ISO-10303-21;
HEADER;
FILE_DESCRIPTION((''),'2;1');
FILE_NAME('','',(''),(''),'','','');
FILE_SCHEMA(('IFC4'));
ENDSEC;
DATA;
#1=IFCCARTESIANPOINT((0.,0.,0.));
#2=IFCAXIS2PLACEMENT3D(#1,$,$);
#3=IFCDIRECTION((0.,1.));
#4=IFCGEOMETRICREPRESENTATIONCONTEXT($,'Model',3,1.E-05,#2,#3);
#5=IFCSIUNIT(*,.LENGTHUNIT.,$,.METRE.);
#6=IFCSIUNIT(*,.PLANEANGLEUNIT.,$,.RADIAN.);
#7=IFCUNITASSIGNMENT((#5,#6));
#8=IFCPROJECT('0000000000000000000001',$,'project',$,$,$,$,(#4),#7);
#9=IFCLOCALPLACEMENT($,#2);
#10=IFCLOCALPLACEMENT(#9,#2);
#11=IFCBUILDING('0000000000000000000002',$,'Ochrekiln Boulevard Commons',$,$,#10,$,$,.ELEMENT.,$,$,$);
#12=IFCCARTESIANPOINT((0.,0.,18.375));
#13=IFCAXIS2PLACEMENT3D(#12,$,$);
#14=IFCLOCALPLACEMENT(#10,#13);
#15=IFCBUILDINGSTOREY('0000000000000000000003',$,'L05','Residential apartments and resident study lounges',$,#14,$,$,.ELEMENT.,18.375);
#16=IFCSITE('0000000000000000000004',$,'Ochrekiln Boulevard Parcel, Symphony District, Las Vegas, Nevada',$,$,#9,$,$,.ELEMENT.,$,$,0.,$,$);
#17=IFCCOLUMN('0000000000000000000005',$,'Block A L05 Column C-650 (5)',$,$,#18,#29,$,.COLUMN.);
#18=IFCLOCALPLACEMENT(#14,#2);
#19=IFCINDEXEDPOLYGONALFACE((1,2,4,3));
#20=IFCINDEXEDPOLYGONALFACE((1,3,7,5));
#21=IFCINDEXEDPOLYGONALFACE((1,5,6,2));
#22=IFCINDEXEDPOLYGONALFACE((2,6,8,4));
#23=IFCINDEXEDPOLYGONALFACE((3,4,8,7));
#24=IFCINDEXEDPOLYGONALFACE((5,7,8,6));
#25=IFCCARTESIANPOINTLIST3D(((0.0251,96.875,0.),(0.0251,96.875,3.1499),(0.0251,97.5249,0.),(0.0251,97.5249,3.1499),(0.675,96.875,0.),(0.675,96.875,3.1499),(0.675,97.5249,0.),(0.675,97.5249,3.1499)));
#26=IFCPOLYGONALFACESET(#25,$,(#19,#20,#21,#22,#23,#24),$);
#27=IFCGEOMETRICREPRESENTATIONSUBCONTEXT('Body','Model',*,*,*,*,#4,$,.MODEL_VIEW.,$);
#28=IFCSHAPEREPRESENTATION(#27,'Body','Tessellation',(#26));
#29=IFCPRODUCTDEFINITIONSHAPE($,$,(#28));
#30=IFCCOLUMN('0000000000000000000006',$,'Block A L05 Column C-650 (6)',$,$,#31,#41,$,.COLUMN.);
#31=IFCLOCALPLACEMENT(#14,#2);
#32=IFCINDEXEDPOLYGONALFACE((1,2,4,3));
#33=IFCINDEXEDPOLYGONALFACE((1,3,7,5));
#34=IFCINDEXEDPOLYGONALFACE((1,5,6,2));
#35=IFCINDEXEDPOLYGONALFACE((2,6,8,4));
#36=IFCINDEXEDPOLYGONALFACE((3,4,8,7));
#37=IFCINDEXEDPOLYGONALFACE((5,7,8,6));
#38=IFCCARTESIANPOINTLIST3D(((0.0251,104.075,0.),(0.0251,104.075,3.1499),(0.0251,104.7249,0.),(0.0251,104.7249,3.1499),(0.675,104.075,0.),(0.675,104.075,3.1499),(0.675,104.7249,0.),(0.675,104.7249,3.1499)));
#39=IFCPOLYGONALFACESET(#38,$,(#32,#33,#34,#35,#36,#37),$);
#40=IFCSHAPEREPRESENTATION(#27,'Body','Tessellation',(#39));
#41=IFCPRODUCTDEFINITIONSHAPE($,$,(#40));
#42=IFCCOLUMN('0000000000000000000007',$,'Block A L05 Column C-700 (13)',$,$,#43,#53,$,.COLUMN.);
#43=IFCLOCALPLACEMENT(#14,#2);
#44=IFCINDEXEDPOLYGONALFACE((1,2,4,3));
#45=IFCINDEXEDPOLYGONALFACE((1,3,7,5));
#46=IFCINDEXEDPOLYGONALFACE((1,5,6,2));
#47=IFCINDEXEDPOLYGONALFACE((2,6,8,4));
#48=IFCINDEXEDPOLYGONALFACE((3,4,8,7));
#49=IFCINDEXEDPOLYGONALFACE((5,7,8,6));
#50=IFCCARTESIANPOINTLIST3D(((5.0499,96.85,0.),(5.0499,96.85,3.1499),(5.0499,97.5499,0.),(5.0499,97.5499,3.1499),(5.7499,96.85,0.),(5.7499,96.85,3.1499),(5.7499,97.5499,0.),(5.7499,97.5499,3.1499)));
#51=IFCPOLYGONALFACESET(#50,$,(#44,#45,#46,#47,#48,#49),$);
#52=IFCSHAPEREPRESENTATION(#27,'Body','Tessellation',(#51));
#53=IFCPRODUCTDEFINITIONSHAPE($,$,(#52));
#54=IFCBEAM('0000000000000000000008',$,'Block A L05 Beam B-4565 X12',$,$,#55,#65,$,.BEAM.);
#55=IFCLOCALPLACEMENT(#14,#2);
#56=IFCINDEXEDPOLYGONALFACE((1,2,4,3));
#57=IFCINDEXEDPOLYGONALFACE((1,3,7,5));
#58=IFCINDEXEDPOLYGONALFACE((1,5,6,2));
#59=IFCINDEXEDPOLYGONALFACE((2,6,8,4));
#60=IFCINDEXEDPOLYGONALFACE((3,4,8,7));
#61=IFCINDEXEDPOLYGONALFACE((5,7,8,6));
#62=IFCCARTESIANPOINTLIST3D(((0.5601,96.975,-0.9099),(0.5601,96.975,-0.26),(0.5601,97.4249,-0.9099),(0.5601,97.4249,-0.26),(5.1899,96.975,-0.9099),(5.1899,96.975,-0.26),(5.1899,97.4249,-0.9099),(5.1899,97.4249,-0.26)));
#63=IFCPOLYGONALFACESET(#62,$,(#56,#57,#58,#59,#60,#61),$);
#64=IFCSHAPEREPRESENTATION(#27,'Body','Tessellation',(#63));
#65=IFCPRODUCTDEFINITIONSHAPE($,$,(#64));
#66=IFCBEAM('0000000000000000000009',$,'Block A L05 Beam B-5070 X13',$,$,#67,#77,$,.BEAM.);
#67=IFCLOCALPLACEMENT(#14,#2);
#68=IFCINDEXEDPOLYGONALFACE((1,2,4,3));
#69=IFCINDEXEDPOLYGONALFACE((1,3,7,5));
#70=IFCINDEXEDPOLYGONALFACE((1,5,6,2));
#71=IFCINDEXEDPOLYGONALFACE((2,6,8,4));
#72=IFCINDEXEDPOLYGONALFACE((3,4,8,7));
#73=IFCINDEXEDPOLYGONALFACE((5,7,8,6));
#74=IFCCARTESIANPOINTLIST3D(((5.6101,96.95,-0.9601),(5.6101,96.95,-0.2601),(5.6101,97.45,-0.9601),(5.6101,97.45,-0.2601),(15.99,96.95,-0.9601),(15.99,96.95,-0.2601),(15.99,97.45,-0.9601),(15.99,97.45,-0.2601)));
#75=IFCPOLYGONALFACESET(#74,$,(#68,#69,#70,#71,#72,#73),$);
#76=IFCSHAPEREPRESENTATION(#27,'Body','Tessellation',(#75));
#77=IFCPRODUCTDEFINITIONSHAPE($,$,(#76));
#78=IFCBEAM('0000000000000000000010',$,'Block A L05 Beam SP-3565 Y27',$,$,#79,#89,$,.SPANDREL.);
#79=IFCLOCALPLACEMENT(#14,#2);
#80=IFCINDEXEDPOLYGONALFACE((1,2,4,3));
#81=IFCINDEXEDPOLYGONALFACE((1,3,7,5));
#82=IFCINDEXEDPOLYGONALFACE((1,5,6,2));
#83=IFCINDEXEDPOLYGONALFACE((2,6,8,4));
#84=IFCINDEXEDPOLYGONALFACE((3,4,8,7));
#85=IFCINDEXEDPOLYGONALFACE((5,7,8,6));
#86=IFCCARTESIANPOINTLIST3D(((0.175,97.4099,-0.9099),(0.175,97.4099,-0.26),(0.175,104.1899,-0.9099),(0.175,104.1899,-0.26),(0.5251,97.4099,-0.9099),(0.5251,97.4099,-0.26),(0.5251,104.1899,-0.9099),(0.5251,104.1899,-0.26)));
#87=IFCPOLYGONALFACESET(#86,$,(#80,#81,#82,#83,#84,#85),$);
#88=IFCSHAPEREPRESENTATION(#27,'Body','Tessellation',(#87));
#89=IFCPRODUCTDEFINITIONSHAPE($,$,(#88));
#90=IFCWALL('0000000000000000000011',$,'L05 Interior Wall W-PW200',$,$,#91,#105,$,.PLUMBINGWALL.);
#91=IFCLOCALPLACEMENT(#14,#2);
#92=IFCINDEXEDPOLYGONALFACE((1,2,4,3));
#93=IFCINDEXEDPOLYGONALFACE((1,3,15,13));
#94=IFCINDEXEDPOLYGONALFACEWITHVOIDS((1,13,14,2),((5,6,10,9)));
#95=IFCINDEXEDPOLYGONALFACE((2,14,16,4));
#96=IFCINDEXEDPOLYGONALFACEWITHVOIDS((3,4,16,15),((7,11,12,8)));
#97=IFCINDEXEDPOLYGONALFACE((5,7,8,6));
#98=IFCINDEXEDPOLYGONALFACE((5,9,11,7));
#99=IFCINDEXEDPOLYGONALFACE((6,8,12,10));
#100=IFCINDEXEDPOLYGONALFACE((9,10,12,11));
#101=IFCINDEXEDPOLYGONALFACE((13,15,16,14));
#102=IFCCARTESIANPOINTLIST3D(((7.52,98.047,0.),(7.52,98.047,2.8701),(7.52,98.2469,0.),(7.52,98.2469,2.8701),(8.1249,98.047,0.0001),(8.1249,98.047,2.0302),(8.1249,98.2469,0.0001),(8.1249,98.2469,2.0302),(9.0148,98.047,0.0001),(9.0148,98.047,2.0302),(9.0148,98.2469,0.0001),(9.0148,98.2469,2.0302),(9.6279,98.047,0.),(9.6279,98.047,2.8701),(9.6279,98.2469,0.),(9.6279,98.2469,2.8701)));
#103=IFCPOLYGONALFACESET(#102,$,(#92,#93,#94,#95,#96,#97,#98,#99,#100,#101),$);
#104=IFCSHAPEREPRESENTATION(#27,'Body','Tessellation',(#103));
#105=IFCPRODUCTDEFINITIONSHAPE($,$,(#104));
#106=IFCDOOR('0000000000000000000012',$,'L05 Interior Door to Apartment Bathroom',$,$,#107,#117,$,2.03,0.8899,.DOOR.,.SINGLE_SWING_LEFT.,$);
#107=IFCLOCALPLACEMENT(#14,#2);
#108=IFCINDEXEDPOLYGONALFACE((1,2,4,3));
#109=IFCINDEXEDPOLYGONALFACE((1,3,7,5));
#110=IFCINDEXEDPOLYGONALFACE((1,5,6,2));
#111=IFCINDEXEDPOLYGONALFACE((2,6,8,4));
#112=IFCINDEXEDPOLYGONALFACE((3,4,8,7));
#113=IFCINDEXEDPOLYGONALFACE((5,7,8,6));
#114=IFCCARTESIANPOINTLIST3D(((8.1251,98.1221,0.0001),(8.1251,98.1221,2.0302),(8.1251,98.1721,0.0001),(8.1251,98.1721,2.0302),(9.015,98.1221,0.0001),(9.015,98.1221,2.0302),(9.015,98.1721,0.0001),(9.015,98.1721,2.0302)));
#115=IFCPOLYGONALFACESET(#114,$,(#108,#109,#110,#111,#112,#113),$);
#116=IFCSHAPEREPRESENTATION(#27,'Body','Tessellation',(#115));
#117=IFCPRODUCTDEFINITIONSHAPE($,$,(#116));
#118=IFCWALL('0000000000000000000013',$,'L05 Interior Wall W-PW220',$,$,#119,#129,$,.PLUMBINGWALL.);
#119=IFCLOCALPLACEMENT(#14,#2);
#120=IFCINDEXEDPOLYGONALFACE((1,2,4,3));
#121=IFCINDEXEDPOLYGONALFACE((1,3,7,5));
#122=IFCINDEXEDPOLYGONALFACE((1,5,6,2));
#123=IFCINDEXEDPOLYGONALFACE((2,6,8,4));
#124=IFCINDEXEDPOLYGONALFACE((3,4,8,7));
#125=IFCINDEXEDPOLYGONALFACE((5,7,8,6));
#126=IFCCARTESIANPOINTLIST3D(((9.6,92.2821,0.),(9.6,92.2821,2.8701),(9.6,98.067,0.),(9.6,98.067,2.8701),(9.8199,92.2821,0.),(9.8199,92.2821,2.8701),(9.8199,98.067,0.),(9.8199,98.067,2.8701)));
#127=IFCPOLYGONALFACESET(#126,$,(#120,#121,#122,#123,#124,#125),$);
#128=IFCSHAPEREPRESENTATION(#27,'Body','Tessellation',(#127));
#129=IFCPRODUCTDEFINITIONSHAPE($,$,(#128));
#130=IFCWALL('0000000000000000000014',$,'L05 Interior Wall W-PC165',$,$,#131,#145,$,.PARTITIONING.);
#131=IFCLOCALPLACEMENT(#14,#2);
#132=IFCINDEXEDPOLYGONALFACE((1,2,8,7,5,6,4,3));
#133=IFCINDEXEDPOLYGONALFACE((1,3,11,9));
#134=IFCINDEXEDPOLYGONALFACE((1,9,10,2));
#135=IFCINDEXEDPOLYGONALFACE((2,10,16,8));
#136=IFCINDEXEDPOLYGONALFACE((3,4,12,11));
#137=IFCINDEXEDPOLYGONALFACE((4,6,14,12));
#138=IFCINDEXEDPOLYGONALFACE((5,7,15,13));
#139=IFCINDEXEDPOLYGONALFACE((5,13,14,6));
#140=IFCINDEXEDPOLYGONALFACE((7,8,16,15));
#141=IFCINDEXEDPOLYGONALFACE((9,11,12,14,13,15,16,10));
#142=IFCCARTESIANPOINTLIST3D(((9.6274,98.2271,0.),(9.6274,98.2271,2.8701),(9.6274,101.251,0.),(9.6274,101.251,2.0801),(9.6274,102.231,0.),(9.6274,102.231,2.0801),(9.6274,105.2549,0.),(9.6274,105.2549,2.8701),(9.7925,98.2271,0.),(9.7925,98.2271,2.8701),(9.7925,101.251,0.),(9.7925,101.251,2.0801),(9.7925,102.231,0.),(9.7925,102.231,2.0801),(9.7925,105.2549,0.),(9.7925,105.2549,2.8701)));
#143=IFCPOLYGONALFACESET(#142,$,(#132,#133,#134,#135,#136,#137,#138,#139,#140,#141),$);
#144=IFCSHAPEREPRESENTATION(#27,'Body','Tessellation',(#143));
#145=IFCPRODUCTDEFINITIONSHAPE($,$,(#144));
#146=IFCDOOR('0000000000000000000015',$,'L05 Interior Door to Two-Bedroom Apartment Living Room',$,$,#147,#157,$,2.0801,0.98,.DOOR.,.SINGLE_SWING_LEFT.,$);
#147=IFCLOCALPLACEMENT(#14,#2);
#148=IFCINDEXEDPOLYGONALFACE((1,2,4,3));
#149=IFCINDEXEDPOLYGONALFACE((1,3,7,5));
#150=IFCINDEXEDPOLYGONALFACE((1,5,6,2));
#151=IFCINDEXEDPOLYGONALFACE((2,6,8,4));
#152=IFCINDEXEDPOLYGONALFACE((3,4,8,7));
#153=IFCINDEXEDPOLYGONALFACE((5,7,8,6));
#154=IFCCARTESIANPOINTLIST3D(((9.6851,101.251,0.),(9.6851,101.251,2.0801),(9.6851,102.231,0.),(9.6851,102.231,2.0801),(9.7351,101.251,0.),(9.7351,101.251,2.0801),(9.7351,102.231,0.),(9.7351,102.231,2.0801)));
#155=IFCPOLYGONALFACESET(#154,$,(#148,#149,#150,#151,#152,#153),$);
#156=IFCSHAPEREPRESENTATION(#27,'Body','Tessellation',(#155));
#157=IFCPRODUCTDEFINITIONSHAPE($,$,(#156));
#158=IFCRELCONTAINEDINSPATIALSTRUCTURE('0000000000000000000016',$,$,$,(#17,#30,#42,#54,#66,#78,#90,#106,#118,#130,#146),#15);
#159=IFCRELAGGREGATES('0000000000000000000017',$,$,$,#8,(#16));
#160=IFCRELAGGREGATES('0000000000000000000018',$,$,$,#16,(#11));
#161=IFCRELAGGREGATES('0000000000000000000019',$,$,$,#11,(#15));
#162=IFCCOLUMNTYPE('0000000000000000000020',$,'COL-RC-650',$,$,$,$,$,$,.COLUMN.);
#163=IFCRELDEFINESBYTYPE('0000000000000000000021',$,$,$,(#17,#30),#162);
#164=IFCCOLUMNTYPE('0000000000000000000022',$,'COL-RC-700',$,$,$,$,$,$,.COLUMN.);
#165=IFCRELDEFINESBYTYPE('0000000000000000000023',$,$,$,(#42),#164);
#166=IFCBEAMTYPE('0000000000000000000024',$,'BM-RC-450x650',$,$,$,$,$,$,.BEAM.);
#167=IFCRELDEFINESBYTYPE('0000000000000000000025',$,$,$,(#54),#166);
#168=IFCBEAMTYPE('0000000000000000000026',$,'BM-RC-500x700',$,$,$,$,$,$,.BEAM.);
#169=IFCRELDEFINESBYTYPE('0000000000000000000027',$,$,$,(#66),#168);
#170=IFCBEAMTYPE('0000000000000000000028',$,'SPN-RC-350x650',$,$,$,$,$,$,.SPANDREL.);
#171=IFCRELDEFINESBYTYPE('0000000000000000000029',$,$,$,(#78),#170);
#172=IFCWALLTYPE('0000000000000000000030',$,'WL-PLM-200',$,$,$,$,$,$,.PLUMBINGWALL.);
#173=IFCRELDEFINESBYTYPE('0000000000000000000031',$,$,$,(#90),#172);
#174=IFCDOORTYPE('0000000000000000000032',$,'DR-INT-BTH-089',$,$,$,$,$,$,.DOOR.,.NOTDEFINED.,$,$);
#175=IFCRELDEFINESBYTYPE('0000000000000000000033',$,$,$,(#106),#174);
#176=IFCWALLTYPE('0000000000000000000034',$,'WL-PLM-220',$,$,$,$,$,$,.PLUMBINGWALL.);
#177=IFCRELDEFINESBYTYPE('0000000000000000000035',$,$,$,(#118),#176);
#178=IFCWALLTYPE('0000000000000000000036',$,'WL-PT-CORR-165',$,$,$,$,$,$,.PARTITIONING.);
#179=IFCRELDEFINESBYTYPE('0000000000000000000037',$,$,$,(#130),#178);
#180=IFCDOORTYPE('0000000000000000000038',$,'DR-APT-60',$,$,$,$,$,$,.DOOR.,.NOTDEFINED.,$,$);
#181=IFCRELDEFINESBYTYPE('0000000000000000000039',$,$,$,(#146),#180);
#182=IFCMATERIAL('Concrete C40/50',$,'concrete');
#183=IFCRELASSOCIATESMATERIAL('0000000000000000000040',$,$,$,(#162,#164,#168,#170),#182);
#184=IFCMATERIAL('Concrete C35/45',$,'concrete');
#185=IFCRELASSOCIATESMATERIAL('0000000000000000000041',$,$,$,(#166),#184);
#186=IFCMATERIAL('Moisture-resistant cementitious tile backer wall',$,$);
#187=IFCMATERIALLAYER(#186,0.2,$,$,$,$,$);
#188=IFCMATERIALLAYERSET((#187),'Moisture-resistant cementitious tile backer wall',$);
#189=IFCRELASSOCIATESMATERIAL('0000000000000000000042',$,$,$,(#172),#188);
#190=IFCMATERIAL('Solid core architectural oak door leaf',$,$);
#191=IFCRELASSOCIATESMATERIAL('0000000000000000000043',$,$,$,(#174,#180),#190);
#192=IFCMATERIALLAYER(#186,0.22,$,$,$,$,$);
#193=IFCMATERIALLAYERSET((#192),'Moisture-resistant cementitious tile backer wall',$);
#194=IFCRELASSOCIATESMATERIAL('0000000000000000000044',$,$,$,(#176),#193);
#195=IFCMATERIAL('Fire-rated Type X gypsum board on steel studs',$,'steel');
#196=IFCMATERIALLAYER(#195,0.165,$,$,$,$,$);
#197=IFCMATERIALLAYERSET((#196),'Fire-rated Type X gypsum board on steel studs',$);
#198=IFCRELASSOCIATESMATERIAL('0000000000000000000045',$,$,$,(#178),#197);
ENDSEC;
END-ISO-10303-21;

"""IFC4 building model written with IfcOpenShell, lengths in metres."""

from ifc_helpers import new_model, si_unit, direction, frame, frame_2d, origin, origin_2d, place, context, subcontext, project, spatial, rectangle, extrude, material, layer, layer_set, material_profile, profile_set, type_object, element, fill, save


model = new_model("IFC4")

# Units and contexts
model_context = context("Model", 3, precision=1e-05, world=origin(), true_north=direction((0.0, 1.0)))
body_context = subcontext(model_context, "Body", "Model", "MODEL_VIEW")
ifc_project = project(units=[si_unit("LENGTHUNIT", "METRE"), si_unit("PLANEANGLEUNIT", "RADIAN")], contexts=[model_context])

# Site, building, storey
site_placement = place(None, origin())
site = spatial("IfcSite", under=ifc_project, at=site_placement, Name="Ochrekiln Boulevard Parcel, Symphony District, Las Vegas, Nevada", CompositionType="ELEMENT", RefElevation=0.0)
building_placement = place(site_placement, origin())
building = spatial("IfcBuilding", under=site, at=building_placement, Name="Ochrekiln Boulevard Commons", CompositionType="ELEMENT")
storey_placement = place(building_placement, frame((0.0, 0.0, 18.375)))
storey = spatial("IfcBuildingStorey", under=building, at=storey_placement, Name="L05", Description="Residential apartments and resident study lounges", CompositionType="ELEMENT", Elevation=18.375)

# Columns
ifc_material_1 = material(Name="Concrete C40/50", Category="concrete")
ifc_material_profile_1 = material_profile(ifc_material_1, rectangle(XDim=0.6499, YDim=0.6499, at=origin_2d()), Name="RC-COL-650x650")
ifc_profile_set_1 = profile_set([ifc_material_profile_1], Name="Concrete C40/50")
column_type_1 = type_object("IfcColumnType", Name="COL-RC-650", PredefinedType="COLUMN", material=ifc_profile_set_1)
for number, where, z_axis, x_axis, name in (
    (1, (0.3501, 97.2, 0.0), (0.0, 0.0, 1.0), (1.0, 0.0, 0.0), "Block A L05 Column C-650 (5)"),
    (2, (0.3501, 104.3999, 0.0), (0.0, 0.0, 1.0), (1.0, 0.0, 0.0), "Block A L05 Column C-650 (6)"),
):
    element("IfcColumn", number, at=place(storey_placement, frame(where, z_axis=z_axis, x_axis=x_axis)), inside=storey, type_object=column_type_1, Name=name, PredefinedType="COLUMN", context=body_context, shape_type="SweptSolid", body=[
        extrude(rectangle(XDim=0.6499, YDim=0.6499, at=origin_2d()), origin(), (0.0, 0.0, 1.0), 3.1499),
    ])
ifc_material_profile_2 = material_profile(ifc_material_1, rectangle(XDim=0.7, YDim=0.7, at=origin_2d()), Name="RC-COL-700x700")
ifc_profile_set_2 = profile_set([ifc_material_profile_2], Name="Concrete C40/50")
column_type_2 = type_object("IfcColumnType", Name="COL-RC-700", PredefinedType="COLUMN", material=ifc_profile_set_2)
column_placement = place(storey_placement, frame((5.3999, 97.2, 0.0), z_axis=(0.0, 0.0, 1.0), x_axis=(1.0, 0.0, 0.0)))
element("IfcColumn", 3, at=column_placement, inside=storey, type_object=column_type_2, Name="Block A L05 Column C-700 (13)", PredefinedType="COLUMN", context=body_context, shape_type="SweptSolid", body=[
    extrude(rectangle(XDim=0.7, YDim=0.7, at=origin_2d()), origin(), (0.0, 0.0, 1.0), 3.1499),
])

# Beams
ifc_material_2 = material(Name="Concrete C35/45", Category="concrete")
ifc_material_profile_3 = material_profile(ifc_material_2, rectangle(XDim=0.45, YDim=0.6499, at=origin_2d()), Name="RC-BM-450x650")
ifc_profile_set_3 = profile_set([ifc_material_profile_3], Name="Concrete C35/45")
beam_type_1 = type_object("IfcBeamType", Name="BM-RC-450x650", PredefinedType="BEAM", material=ifc_profile_set_3)
beam_1_placement = place(storey_placement, frame((0.5601, 97.2, -0.585), z_axis=(1.0, 0.0, 0.0), x_axis=(0.0, 1.0, 0.0)))
element("IfcBeam", 4, at=beam_1_placement, inside=storey, type_object=beam_type_1, Name="Block A L05 Beam B-4565 X12", PredefinedType="BEAM", context=body_context, shape_type="SweptSolid", body=[
    extrude(rectangle(XDim=0.45, YDim=0.6499, at=origin_2d()), origin(), (0.0, 0.0, 1.0), 4.6299),
])
ifc_material_profile_4 = material_profile(ifc_material_1, rectangle(XDim=0.5, YDim=0.7, at=origin_2d()), Name="RC-BM-500x700")
ifc_profile_set_4 = profile_set([ifc_material_profile_4], Name="Concrete C40/50")
beam_type_2 = type_object("IfcBeamType", Name="BM-RC-500x700", PredefinedType="BEAM", material=ifc_profile_set_4)
beam_2_placement = place(storey_placement, frame((5.6101, 97.2, -0.6101), z_axis=(1.0, 0.0, 0.0), x_axis=(0.0, 1.0, 0.0)))
element("IfcBeam", 5, at=beam_2_placement, inside=storey, type_object=beam_type_2, Name="Block A L05 Beam B-5070 X13", PredefinedType="BEAM", context=body_context, shape_type="SweptSolid", body=[
    extrude(rectangle(XDim=0.5, YDim=0.7, at=origin_2d()), origin(), (0.0, 0.0, 1.0), 10.3799),
])
ifc_material_profile_5 = material_profile(ifc_material_1, rectangle(XDim=0.3501, YDim=0.6499, at=origin_2d()), Name="RC-SPN-350x650")
ifc_profile_set_5 = profile_set([ifc_material_profile_5], Name="Concrete C40/50")
beam_type_3 = type_object("IfcBeamType", Name="SPN-RC-350x650", PredefinedType="SPANDREL", material=ifc_profile_set_5)
beam_3_placement = place(storey_placement, frame((0.3501, 97.4099, -0.585), z_axis=(0.0, 1.0, 0.0), x_axis=(-1.0, 0.0, 0.0)))
element("IfcBeam", 6, at=beam_3_placement, inside=storey, type_object=beam_type_3, Name="Block A L05 Beam SP-3565 Y27", PredefinedType="SPANDREL", context=body_context, shape_type="SweptSolid", body=[
    extrude(rectangle(XDim=0.3501, YDim=0.6499, at=origin_2d()), origin(), (0.0, 0.0, 1.0), 6.78),
])

# Wall, opening, door
ifc_material_3 = material(Name="Moisture-resistant cementitious tile backer wall")
ifc_layer_1 = layer(ifc_material_3, 0.2)
ifc_layer_set_1 = layer_set([ifc_layer_1], Name="Moisture-resistant cementitious tile backer wall")
wall_type_1 = type_object("IfcWallType", Name="WL-PLM-200", PredefinedType="PLUMBINGWALL", material=ifc_layer_set_1)
wall_1_placement = place(storey_placement, frame((7.52, 98.147, 0.0), z_axis=(0.0, 0.0, 1.0), x_axis=(1.0, 0.0, 0.0)))
wall_1 = element("IfcWall", 7, at=wall_1_placement, inside=storey, type_object=wall_type_1, Name="L05 Interior Wall W-PW200", PredefinedType="PLUMBINGWALL", context=body_context, shape_type="SweptSolid", body=[
    extrude(rectangle(XDim=2.1079, YDim=0.2, at=frame_2d((1.054, 0.0))), origin(), (0.0, 0.0, 1.0), 2.8701),
])
opening_1_placement = place(wall_1_placement, frame((0.605, 0.0, 0.0)))
opening_1 = element("IfcOpeningElement", 8, at=opening_1_placement, cuts=wall_1, PredefinedType="OPENING", context=body_context, shape_type="SweptSolid", body=[
    extrude(rectangle(XDim=0.8899, YDim=2.03, at=frame_2d((0.4448, 1.0151))), frame((0.0, 0.1099, 0.0), z_axis=(0.0, -1.0, 0.0), x_axis=(1.0, 0.0, 0.0)), (0.0, 0.0, 1.0), 0.22),
])
ifc_material_4 = material(Name="Solid core architectural oak door leaf")
door_type_1 = type_object("IfcDoorType", Name="DR-INT-BTH-089", OperationType="NOTDEFINED", PredefinedType="DOOR", material=ifc_material_4)
door_1_placement = place(opening_1_placement, frame((0.8899, 0.0, 0.0), z_axis=(0.0, 0.0, 1.0), x_axis=(-1.0, 0.0, 0.0)))
door_1 = element("IfcDoor", 9, at=door_1_placement, inside=storey, type_object=door_type_1, Name="L05 Interior Door to Apartment Bathroom", OperationType="SINGLE_SWING_LEFT", OverallHeight=2.03, OverallWidth=0.8899, PredefinedType="DOOR", context=body_context, shape_type="SweptSolid", body=[
    extrude(rectangle(XDim=0.8899, YDim=2.03, at=frame_2d((0.4448, 1.0151))), frame((0.0, 0.0249, 0.0), z_axis=(0.0, -1.0, 0.0), x_axis=(1.0, 0.0, 0.0)), (0.0, 0.0, 1.0), 0.05),
])
fill(opening_1, door_1)

# Wall
ifc_layer_2 = layer(ifc_material_3, 0.22)
ifc_layer_set_2 = layer_set([ifc_layer_2], Name="Moisture-resistant cementitious tile backer wall")
wall_type_2 = type_object("IfcWallType", Name="WL-PLM-220", PredefinedType="PLUMBINGWALL", material=ifc_layer_set_2)
wall_2_placement = place(storey_placement, frame((9.71, 92.282, 0.0), z_axis=(0.0, 0.0, 1.0), x_axis=(0.0, 1.0, 0.0)))
element("IfcWall", 10, at=wall_2_placement, inside=storey, type_object=wall_type_2, Name="L05 Interior Wall W-PW220", PredefinedType="PLUMBINGWALL", context=body_context, shape_type="SweptSolid", body=[
    extrude(rectangle(XDim=5.7849, YDim=0.22, at=frame_2d((2.8926, 0.0))), origin(), (0.0, 0.0, 1.0), 2.8701),
])

# Wall, opening, door
ifc_material_5 = material(Name="Fire-rated Type X gypsum board on steel studs", Category="steel")
ifc_layer_3 = layer(ifc_material_5, 0.165)
ifc_layer_set_3 = layer_set([ifc_layer_3], Name="Fire-rated Type X gypsum board on steel studs")
wall_type_3 = type_object("IfcWallType", Name="WL-PT-CORR-165", PredefinedType="PARTITIONING", material=ifc_layer_set_3)
wall_3_placement = place(storey_placement, frame((9.71, 98.2271, 0.0), z_axis=(0.0, 0.0, 1.0), x_axis=(0.0, 1.0, 0.0)))
wall_3 = element("IfcWall", 11, at=wall_3_placement, inside=storey, type_object=wall_type_3, Name="L05 Interior Wall W-PC165", PredefinedType="PARTITIONING", context=body_context, shape_type="SweptSolid", body=[
    extrude(rectangle(XDim=7.0278, YDim=0.165, at=frame_2d((3.5139, 0.0))), origin(), (0.0, 0.0, 1.0), 2.8701),
])
opening_2_placement = place(wall_3_placement, frame((3.0239, 0.0, 0.0)))
opening_2 = element("IfcOpeningElement", 12, at=opening_2_placement, cuts=wall_3, PredefinedType="OPENING", context=body_context, shape_type="SweptSolid", body=[
    extrude(rectangle(XDim=0.98, YDim=2.0801, at=frame_2d((0.49, 1.04))), frame((0.0, 0.0925, 0.0), z_axis=(0.0, -1.0, 0.0), x_axis=(1.0, 0.0, 0.0)), (0.0, 0.0, 1.0), 0.1851),
])
door_type_2 = type_object("IfcDoorType", Name="DR-APT-60", OperationType="NOTDEFINED", PredefinedType="DOOR", material=ifc_material_4)
door_2_placement = place(opening_2_placement, origin())
door_2 = element("IfcDoor", 13, at=door_2_placement, inside=storey, type_object=door_type_2, Name="L05 Interior Door to Two-Bedroom Apartment Living Room", OperationType="SINGLE_SWING_LEFT", OverallHeight=2.0801, OverallWidth=0.98, PredefinedType="DOOR", context=body_context, shape_type="SweptSolid", body=[
    extrude(rectangle(XDim=0.98, YDim=2.0801, at=frame_2d((0.49, 1.04))), frame((0.0, 0.0249, 0.0), z_axis=(0.0, -1.0, 0.0), x_axis=(1.0, 0.0, 0.0)), (0.0, 0.0, 1.0), 0.05),
])
fill(opening_2, door_2)

save(model, "model.ifc")
